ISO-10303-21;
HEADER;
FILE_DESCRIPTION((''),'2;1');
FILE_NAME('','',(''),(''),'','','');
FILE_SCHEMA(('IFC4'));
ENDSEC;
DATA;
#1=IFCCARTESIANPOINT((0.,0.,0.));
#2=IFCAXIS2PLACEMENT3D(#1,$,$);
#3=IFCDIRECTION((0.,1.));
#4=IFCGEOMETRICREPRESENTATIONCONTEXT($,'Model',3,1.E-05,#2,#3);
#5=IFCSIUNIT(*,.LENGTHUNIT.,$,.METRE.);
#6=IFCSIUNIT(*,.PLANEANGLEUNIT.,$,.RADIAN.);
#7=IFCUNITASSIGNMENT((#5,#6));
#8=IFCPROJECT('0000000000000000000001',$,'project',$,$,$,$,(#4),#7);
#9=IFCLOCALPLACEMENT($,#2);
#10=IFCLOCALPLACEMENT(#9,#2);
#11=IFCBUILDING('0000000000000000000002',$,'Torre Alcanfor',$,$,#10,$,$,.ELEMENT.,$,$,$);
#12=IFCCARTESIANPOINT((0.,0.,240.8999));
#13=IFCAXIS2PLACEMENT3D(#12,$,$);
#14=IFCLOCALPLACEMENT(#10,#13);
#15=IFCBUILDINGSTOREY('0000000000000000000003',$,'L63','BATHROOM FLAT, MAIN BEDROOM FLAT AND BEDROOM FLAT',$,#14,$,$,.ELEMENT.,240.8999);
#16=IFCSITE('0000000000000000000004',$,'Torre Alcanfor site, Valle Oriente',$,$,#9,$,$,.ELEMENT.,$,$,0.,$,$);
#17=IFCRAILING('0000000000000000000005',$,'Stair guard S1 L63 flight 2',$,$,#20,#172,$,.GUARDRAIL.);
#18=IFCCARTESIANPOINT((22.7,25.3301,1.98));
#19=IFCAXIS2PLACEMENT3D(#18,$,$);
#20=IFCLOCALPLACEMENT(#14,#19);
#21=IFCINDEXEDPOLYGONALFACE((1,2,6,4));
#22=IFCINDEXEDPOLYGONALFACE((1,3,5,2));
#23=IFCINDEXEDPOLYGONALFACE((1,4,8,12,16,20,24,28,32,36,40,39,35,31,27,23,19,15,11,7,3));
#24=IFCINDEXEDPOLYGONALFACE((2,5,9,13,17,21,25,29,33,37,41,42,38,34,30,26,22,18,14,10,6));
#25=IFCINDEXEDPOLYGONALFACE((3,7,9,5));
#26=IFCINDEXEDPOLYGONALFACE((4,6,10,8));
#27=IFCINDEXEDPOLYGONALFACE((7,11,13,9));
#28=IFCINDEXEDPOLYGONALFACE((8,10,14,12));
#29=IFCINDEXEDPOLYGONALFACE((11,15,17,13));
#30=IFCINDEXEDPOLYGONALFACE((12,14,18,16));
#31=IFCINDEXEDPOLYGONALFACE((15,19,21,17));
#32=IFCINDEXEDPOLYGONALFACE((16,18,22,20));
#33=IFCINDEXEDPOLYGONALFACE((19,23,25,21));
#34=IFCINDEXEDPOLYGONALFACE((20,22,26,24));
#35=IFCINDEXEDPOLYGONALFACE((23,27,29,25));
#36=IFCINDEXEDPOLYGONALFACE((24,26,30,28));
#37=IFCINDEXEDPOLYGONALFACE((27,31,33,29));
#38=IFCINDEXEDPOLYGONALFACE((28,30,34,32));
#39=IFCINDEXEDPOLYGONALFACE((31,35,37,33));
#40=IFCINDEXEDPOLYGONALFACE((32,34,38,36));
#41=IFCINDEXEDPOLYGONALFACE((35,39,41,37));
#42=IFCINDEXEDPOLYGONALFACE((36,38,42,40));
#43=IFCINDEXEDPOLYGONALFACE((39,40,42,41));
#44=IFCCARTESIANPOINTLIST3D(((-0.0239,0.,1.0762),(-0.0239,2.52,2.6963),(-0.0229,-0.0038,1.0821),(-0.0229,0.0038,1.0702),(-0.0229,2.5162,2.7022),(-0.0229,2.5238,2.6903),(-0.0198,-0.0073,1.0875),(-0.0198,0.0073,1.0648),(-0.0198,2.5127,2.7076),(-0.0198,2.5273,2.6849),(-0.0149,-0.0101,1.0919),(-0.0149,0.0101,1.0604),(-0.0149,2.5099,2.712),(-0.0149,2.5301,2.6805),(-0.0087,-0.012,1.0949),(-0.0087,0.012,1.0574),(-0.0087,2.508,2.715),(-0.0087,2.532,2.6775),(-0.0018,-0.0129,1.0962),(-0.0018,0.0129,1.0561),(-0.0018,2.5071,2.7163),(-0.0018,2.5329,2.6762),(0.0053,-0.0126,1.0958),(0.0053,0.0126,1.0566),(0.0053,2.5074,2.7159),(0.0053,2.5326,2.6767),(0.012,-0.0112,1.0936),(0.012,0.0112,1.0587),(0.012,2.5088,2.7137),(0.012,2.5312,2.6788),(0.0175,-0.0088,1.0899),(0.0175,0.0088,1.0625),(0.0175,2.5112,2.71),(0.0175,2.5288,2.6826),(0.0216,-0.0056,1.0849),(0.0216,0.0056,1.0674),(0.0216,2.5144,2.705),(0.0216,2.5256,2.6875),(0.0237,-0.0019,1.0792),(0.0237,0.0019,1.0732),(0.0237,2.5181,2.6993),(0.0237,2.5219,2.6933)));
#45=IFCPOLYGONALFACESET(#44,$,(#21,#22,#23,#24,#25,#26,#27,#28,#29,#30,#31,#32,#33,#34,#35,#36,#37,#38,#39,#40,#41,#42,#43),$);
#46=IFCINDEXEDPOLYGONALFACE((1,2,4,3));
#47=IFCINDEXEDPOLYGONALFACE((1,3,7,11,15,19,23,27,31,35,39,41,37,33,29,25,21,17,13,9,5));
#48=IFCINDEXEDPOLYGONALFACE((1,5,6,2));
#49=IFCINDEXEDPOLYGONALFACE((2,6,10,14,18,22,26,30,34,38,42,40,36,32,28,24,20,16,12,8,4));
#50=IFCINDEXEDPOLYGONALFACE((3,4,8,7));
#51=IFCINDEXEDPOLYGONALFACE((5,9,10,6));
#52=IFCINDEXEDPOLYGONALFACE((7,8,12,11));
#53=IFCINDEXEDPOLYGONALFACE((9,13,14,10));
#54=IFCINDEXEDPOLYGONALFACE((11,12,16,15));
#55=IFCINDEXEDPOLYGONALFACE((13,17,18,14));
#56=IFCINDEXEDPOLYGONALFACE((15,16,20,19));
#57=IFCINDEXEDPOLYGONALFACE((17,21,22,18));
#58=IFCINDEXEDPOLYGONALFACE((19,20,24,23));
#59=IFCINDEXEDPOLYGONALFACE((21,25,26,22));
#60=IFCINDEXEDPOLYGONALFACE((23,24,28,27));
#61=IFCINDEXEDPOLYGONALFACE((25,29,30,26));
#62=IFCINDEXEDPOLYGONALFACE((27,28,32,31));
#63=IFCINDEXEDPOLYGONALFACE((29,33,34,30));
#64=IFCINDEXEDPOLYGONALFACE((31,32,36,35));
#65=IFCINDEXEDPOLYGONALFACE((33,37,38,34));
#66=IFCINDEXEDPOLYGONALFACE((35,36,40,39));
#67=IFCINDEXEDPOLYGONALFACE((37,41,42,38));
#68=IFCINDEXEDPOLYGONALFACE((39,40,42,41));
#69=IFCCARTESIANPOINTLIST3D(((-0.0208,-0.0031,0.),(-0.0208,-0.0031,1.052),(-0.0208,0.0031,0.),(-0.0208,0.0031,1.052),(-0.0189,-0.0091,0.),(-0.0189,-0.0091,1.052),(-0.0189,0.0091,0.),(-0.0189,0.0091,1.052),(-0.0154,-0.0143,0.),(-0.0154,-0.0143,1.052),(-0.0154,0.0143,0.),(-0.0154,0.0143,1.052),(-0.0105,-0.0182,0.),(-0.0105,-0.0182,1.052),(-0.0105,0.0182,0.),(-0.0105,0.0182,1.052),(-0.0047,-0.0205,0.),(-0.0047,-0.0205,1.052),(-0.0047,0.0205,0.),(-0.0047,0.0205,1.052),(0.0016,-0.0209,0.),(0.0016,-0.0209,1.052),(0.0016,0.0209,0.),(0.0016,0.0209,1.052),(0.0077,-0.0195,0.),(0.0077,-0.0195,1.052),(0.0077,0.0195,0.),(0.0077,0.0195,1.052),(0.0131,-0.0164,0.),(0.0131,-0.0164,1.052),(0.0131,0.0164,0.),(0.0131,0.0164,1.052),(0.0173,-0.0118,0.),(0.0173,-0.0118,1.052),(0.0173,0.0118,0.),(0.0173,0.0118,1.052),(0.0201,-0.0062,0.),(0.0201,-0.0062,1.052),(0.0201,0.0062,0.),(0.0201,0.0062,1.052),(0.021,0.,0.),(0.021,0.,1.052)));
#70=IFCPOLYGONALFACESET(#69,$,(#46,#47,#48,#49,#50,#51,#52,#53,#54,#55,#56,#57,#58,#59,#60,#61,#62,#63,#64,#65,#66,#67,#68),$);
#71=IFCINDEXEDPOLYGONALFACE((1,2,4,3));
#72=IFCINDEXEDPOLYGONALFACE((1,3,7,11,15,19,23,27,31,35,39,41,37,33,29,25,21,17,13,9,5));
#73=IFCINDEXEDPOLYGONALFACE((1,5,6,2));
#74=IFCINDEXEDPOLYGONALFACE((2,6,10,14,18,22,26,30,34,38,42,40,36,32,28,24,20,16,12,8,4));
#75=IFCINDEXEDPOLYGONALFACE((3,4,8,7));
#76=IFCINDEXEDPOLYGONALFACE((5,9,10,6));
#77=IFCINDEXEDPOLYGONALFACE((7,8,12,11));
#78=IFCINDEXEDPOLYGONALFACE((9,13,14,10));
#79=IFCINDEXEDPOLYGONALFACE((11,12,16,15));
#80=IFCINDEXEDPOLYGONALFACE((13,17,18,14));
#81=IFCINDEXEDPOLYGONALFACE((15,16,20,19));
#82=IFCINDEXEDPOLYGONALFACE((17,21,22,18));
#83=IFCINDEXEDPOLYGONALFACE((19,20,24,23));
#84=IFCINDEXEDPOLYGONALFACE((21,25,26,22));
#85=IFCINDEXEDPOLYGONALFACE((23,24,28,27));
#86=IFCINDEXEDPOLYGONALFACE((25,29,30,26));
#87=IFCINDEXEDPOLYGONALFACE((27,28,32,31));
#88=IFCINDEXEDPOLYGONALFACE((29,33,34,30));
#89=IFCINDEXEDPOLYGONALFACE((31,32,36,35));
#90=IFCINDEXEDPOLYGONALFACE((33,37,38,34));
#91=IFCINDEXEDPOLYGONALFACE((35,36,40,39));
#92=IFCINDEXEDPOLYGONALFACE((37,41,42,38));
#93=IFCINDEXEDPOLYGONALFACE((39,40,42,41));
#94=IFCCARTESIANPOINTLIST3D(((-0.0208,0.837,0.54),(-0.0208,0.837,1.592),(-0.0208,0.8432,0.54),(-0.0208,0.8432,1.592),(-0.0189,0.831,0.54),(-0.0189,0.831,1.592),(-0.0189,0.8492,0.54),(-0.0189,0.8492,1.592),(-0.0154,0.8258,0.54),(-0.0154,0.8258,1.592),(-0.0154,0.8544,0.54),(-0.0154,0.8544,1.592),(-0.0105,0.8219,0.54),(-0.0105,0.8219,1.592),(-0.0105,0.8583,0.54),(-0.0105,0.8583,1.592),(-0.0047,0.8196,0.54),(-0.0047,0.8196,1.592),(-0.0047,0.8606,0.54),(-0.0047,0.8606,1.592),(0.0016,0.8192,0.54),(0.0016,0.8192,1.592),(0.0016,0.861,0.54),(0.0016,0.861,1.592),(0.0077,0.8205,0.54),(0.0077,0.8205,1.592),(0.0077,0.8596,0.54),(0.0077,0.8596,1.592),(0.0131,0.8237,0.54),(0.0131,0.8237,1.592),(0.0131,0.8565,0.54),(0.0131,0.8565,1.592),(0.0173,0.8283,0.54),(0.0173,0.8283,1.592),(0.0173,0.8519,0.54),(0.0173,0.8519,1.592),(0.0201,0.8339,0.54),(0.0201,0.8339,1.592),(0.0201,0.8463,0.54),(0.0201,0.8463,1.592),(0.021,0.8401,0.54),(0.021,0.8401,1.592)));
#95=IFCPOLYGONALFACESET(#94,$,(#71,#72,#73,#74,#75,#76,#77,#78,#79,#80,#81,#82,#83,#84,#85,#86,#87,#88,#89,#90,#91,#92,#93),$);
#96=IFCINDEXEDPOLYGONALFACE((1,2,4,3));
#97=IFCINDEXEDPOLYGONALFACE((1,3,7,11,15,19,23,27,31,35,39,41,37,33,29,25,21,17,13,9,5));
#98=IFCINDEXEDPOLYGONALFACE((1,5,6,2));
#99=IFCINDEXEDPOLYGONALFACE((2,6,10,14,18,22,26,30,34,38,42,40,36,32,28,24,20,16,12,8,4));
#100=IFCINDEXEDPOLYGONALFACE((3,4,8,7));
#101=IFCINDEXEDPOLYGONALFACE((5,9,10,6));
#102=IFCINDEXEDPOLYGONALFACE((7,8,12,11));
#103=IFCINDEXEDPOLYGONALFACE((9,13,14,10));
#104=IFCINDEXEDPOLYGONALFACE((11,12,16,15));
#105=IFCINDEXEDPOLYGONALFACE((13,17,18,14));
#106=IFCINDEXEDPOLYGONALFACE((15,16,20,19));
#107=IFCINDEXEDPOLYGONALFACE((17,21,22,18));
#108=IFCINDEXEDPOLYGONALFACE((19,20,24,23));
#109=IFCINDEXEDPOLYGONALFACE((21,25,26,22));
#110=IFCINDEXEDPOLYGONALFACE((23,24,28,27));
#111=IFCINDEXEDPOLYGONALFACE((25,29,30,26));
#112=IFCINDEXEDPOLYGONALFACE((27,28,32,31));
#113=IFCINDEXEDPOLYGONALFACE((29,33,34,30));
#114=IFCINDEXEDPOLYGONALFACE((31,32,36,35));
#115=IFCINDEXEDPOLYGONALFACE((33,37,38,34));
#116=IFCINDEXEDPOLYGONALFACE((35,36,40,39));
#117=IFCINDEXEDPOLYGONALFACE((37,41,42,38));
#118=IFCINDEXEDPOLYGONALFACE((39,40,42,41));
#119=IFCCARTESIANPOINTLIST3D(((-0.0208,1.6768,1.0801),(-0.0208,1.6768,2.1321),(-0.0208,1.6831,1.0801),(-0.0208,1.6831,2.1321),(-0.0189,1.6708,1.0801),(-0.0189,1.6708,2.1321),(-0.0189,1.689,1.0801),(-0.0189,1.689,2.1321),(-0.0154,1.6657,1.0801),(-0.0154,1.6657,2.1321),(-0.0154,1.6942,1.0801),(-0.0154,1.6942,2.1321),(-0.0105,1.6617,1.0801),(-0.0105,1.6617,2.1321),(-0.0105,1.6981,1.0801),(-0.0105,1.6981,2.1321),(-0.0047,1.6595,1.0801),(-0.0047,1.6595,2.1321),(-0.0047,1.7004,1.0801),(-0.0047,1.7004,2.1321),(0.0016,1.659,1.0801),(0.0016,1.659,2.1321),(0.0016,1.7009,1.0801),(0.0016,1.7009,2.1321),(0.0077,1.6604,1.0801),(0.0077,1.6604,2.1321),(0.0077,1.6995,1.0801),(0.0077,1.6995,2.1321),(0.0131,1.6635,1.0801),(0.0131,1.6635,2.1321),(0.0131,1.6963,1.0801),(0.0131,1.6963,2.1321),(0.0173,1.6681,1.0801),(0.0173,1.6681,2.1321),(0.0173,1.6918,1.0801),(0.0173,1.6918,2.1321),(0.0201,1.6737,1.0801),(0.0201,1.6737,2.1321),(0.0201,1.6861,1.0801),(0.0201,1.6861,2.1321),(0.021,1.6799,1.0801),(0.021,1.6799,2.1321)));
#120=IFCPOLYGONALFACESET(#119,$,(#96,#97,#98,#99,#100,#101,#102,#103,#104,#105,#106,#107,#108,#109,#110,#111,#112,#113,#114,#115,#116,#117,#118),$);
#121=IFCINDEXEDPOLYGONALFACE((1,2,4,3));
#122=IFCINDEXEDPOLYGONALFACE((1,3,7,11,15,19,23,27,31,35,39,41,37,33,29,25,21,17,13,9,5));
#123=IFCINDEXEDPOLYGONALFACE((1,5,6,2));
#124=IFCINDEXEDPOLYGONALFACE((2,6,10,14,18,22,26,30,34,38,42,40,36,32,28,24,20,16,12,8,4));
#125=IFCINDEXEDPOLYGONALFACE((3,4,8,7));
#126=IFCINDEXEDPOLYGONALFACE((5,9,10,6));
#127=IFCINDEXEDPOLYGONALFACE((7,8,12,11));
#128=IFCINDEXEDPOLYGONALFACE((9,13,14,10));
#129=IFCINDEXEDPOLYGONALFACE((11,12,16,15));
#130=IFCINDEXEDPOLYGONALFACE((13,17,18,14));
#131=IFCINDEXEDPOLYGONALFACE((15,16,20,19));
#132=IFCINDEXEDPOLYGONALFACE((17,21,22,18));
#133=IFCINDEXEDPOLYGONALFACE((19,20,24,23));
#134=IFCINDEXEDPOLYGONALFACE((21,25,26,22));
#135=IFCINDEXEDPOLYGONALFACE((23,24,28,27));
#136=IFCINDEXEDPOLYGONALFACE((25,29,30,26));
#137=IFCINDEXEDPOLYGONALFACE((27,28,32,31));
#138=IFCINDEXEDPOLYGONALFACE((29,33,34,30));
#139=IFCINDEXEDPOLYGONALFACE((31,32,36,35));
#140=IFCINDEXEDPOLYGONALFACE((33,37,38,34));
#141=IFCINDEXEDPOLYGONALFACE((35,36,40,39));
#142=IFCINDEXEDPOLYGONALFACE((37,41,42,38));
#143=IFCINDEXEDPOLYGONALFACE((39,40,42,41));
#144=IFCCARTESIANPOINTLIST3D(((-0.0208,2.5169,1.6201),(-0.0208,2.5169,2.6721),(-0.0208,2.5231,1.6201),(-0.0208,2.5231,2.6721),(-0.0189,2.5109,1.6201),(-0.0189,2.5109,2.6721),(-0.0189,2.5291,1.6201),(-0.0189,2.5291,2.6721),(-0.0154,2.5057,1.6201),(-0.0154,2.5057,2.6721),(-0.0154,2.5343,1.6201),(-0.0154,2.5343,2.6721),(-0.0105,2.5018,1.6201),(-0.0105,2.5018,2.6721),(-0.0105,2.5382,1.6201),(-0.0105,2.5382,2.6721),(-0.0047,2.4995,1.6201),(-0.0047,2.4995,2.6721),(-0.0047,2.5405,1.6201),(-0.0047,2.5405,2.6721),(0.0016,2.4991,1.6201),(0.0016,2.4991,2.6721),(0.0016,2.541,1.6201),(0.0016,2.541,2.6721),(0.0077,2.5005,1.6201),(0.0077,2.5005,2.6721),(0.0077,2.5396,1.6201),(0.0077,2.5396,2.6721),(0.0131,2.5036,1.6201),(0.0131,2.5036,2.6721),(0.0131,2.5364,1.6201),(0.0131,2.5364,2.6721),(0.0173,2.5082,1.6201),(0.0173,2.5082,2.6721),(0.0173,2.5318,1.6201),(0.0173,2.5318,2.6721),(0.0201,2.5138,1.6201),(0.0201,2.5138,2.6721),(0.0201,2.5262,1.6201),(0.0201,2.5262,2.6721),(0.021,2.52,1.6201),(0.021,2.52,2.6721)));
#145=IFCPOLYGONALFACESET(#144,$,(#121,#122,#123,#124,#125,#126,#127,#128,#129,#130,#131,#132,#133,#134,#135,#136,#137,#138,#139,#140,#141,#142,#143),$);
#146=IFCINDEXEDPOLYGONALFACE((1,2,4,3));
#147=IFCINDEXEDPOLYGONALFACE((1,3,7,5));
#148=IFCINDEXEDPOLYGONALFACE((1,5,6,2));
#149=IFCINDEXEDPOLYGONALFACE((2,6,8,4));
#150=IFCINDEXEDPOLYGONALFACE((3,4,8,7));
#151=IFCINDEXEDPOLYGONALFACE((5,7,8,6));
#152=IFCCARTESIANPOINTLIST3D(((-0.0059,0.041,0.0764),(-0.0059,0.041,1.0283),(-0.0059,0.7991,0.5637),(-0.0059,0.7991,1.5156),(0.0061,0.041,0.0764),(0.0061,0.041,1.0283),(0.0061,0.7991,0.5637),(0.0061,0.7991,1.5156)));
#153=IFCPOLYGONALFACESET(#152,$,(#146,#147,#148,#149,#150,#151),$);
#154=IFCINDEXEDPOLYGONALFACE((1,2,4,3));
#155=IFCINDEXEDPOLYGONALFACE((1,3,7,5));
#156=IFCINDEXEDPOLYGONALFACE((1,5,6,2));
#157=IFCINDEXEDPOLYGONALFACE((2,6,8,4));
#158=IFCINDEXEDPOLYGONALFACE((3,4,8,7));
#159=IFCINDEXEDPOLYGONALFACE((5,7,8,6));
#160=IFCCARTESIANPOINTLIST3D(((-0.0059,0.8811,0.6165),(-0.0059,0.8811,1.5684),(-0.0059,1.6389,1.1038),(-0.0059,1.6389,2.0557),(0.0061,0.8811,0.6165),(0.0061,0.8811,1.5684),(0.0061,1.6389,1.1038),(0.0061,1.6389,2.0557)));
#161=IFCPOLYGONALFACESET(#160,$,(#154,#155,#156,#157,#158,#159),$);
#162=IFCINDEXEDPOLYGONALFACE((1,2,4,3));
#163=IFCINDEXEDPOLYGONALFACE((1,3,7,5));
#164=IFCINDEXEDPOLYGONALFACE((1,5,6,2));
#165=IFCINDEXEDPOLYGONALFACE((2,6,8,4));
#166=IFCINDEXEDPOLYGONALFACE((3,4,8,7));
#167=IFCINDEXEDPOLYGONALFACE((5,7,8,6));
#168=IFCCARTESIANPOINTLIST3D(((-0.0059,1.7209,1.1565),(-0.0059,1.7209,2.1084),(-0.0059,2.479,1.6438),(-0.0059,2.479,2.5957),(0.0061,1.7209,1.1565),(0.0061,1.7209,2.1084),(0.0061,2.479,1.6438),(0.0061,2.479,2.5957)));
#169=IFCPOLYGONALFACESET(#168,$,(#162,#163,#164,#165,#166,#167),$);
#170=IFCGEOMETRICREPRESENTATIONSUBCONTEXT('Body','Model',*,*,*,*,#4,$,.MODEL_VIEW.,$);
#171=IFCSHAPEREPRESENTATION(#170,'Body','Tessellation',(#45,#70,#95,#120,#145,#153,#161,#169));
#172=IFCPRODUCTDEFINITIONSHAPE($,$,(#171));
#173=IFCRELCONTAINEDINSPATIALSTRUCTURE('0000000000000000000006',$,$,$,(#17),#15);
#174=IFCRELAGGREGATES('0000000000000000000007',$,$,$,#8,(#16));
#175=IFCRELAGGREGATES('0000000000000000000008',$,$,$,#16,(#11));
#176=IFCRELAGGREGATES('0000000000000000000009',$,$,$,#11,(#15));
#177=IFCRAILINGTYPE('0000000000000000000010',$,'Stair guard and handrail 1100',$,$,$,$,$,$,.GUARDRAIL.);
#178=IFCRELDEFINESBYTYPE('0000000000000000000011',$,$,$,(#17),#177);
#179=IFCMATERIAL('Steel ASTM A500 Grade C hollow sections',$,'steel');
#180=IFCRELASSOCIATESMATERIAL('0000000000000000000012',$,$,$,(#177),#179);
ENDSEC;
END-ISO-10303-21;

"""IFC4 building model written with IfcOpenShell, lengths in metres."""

from ifc_helpers import new_model, si_unit, direction, frame, origin, origin_2d, place, context, subcontext, project, spatial, polyline, circle, outline, extrude, material, type_object, element, save


model = new_model("IFC4")

# Units and contexts
model_context = context("Model", 3, precision=1e-05, world=origin(), true_north=direction((0.0, 1.0)))
body_context = subcontext(model_context, "Body", "Model", "MODEL_VIEW")
ifc_project = project(units=[si_unit("LENGTHUNIT", "METRE"), si_unit("PLANEANGLEUNIT", "RADIAN")], contexts=[model_context])

# Site, building, storey
site_placement = place(None, origin())
site = spatial("IfcSite", under=ifc_project, at=site_placement, Name="Torre Alcanfor site, Valle Oriente", CompositionType="ELEMENT", RefElevation=0.0)
building_placement = place(site_placement, origin())
building = spatial("IfcBuilding", under=site, at=building_placement, Name="Torre Alcanfor", CompositionType="ELEMENT")
storey_placement = place(building_placement, frame((0.0, 0.0, 240.8999)))
storey = spatial("IfcBuildingStorey", under=building, at=storey_placement, Name="L63", Description="BATHROOM FLAT, MAIN BEDROOM FLAT AND BEDROOM FLAT", CompositionType="ELEMENT", Elevation=240.8999)

# Railing
ifc_material_1 = material(Name="Steel ASTM A500 Grade C hollow sections", Category="steel")
railing_type_1 = type_object("IfcRailingType", Name="Stair guard and handrail 1100", PredefinedType="GUARDRAIL", material=ifc_material_1)
railing_1_placement = place(storey_placement, frame((22.7, 25.3301, 1.98)))
element("IfcRailing", 1, at=railing_1_placement, inside=storey, type_object=railing_type_1, Name="Stair guard S1 L63 flight 2", PredefinedType="GUARDRAIL", context=body_context, shape_type="SweptSolid", body=[
    extrude(circle(Radius=0.0239, at=origin_2d()), frame((0.0, 0.0, 1.0762), z_axis=(0.0, 0.841163, 0.540782), x_axis=(-1.0, 0.0, 0.0)), (0.0, 0.0, 1.0), 2.9958),
    extrude(circle(Radius=0.021, at=origin_2d()), origin(), (0.0, 0.0, 1.0), 1.052),
    extrude(circle(Radius=0.021, at=origin_2d()), frame((0.0, 0.8401, 0.54)), (0.0, 0.0, 1.0), 1.052),
    extrude(circle(Radius=0.021, at=origin_2d()), frame((0.0, 1.6799, 1.0801)), (0.0, 0.0, 1.0), 1.052),
    extrude(circle(Radius=0.021, at=origin_2d()), frame((0.0, 2.52, 1.6201)), (0.0, 0.0, 1.0), 1.052),
    extrude(outline(polyline([(0.041, 0.0764), (0.7991, 0.5637), (0.7991, 1.5156), (0.041, 1.0283), (0.041, 0.0764)])), frame((-0.0059, 0.0, 0.0), z_axis=(1.0, 0.0, 0.0), x_axis=(0.0, 1.0, 0.0)), (0.0, 0.0, 1.0), 0.012),
    extrude(outline(polyline([(0.8811, 0.6165), (1.6389, 1.1038), (1.6389, 2.0557), (0.8811, 1.5684), (0.8811, 0.6165)])), frame((-0.0059, 0.0, 0.0), z_axis=(1.0, 0.0, 0.0), x_axis=(0.0, 1.0, 0.0)), (0.0, 0.0, 1.0), 0.012),
    extrude(outline(polyline([(1.7209, 1.1565), (2.479, 1.6438), (2.479, 2.5957), (1.7209, 2.1084), (1.7209, 1.1565)])), frame((-0.0059, 0.0, 0.0), z_axis=(1.0, 0.0, 0.0), x_axis=(0.0, 1.0, 0.0)), (0.0, 0.0, 1.0), 0.012),
])

save(model, "model.ifc")
